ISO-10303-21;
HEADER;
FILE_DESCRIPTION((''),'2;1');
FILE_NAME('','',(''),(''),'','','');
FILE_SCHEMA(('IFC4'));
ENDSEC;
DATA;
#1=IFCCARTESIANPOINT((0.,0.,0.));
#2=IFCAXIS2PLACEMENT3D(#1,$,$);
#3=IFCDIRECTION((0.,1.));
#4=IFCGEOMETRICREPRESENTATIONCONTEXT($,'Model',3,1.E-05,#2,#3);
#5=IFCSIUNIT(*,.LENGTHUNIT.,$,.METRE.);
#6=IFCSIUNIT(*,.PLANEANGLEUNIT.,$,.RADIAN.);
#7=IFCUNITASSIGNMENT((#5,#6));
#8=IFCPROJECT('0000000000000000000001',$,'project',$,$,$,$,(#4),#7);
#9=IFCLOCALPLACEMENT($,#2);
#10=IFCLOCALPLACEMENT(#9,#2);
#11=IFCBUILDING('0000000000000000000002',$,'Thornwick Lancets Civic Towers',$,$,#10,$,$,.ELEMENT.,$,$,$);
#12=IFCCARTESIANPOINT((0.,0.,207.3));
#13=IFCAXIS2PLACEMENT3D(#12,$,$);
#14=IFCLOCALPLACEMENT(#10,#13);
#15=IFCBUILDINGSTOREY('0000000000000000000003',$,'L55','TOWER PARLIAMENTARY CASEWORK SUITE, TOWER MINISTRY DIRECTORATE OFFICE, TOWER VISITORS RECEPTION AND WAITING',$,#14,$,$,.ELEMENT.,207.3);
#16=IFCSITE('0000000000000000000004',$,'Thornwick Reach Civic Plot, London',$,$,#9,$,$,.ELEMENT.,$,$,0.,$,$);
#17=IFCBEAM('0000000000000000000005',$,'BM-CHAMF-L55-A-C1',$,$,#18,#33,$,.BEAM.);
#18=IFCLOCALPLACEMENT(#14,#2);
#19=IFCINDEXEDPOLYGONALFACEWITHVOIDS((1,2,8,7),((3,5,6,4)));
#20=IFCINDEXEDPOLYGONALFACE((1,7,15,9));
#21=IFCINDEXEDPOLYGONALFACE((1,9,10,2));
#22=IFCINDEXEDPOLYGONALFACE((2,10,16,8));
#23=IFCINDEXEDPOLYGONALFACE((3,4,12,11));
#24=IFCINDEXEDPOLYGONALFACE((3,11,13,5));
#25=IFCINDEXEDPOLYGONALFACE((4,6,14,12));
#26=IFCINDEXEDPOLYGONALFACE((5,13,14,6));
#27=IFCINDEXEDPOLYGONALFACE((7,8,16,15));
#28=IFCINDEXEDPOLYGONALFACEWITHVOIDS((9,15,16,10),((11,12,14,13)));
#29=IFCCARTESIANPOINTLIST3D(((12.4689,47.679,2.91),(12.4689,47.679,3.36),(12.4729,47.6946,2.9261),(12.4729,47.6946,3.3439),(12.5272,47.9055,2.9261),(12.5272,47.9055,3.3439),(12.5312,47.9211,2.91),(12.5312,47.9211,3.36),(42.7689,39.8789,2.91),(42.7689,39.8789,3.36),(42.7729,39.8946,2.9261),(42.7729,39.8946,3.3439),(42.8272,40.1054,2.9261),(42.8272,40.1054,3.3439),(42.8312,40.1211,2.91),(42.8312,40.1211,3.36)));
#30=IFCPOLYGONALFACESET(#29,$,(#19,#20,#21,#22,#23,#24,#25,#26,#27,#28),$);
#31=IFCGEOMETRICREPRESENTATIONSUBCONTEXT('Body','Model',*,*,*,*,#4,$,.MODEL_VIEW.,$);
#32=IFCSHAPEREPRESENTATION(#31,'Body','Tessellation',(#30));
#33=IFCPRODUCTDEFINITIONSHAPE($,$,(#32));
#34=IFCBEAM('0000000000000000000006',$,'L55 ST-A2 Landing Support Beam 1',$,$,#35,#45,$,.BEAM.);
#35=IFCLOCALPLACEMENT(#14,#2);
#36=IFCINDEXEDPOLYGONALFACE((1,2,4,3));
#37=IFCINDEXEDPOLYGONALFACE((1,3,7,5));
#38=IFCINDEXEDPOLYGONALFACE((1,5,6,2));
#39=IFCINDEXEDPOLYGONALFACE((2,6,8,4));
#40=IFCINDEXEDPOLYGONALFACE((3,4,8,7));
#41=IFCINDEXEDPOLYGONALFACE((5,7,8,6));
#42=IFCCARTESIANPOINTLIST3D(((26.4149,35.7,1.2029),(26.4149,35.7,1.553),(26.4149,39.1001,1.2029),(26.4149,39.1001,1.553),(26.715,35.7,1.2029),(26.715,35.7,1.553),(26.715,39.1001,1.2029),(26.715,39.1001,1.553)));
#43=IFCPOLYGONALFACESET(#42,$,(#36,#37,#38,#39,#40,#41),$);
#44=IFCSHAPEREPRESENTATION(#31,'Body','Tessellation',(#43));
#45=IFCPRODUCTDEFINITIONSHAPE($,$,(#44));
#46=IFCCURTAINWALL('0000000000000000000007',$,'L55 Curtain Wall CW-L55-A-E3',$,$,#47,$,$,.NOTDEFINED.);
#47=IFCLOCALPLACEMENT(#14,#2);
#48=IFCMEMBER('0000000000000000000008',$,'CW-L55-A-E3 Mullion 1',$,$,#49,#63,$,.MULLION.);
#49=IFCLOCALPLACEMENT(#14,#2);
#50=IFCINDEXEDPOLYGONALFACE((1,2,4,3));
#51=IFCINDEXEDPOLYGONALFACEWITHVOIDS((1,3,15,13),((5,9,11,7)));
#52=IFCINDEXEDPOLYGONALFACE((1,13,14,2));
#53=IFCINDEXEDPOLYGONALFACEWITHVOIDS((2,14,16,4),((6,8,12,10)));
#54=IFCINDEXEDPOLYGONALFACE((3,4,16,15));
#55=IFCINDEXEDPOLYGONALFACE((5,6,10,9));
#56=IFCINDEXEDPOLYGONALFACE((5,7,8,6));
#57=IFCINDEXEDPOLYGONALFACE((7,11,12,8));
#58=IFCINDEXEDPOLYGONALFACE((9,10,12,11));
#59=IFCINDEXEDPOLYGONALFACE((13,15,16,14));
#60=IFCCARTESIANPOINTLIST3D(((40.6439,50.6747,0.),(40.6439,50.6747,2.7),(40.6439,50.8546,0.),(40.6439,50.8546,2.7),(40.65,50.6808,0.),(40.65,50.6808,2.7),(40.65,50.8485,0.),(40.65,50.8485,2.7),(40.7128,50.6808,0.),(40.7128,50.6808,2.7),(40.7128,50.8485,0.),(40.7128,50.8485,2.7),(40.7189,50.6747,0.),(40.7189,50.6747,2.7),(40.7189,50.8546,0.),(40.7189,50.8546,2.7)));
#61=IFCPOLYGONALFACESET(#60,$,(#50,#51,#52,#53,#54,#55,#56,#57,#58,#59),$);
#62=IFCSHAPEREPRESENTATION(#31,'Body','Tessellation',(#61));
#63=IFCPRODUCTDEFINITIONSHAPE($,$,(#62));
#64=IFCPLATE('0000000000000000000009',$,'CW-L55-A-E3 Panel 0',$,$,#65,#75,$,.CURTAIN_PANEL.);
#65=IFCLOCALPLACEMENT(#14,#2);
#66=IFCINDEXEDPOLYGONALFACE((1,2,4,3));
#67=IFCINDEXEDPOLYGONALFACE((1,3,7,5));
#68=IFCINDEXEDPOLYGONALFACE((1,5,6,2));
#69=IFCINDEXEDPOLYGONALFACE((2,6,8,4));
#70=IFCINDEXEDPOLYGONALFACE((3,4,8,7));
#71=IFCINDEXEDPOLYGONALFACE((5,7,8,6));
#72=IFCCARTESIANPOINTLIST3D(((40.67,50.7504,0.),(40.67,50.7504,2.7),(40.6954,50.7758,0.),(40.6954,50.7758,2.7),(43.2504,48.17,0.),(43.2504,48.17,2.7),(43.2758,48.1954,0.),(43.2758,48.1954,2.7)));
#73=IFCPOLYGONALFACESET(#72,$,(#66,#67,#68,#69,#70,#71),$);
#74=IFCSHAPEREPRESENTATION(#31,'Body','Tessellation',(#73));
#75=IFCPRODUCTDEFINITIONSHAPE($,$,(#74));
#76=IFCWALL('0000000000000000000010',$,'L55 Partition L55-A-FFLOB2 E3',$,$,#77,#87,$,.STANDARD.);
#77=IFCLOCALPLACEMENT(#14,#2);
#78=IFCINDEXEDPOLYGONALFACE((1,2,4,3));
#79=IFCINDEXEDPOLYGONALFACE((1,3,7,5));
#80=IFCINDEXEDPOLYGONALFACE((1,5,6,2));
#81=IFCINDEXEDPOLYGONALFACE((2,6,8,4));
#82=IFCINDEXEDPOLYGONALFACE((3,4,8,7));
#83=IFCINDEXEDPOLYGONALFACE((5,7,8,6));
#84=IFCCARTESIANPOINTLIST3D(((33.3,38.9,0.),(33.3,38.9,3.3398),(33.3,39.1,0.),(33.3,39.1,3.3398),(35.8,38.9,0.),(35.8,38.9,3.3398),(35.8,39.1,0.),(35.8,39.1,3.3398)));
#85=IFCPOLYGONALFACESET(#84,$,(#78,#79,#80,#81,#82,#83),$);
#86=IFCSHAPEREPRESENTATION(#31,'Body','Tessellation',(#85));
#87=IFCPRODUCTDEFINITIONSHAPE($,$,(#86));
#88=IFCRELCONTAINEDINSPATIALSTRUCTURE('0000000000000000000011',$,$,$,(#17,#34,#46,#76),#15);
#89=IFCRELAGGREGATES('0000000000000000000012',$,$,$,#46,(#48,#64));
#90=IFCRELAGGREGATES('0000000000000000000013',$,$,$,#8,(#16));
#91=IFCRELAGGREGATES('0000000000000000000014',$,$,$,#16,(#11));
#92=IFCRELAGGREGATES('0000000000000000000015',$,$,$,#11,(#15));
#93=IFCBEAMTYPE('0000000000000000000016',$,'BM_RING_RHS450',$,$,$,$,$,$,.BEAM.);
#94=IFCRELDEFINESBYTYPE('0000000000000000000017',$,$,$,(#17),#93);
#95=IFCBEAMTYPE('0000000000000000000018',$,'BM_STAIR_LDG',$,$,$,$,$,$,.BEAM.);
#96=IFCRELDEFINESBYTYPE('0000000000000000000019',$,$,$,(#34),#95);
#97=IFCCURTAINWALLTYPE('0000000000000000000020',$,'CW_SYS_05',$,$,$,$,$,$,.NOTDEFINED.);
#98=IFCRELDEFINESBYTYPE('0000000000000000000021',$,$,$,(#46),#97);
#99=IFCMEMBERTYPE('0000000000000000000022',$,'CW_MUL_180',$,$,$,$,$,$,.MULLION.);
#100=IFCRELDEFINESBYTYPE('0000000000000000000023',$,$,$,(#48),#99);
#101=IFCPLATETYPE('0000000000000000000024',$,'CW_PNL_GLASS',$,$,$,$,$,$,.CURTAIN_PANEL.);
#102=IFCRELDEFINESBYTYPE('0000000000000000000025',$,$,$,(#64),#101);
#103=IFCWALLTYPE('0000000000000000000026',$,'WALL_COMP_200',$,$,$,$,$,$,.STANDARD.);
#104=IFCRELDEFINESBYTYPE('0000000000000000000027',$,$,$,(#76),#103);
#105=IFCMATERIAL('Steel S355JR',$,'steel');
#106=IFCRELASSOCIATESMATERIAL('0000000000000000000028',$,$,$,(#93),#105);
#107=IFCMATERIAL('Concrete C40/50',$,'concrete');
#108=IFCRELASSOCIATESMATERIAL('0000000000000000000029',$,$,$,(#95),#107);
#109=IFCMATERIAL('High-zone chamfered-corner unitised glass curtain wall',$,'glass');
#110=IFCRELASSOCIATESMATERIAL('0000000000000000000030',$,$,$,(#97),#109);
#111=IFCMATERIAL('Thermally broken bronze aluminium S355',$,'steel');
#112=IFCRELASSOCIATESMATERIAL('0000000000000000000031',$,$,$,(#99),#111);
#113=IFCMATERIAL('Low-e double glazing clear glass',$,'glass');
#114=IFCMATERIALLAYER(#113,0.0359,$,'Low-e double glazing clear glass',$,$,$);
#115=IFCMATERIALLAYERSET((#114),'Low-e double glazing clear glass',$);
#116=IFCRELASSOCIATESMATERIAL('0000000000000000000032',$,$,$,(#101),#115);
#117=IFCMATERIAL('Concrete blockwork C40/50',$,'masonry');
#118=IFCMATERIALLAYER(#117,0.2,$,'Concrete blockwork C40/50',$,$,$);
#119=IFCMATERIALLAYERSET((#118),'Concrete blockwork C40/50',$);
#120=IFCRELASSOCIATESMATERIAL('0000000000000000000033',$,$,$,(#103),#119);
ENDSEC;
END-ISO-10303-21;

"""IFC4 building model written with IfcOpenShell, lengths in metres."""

from ifc_helpers import new_model, si_unit, direction, frame, frame_2d, origin, origin_2d, place, context, subcontext, project, spatial, rectangle, hollow_rectangle, extrude, material, layer, layer_set, material_profile, profile_set, type_object, element, aggregate, save


model = new_model("IFC4")

# Units and contexts
model_context = context("Model", 3, precision=1e-05, world=origin(), true_north=direction((0.0, 1.0)))
body_context = subcontext(model_context, "Body", "Model", "MODEL_VIEW")
ifc_project = project(units=[si_unit("LENGTHUNIT", "METRE"), si_unit("PLANEANGLEUNIT", "RADIAN")], contexts=[model_context])

# Site, building, storey
site_placement = place(None, origin())
site = spatial("IfcSite", under=ifc_project, at=site_placement, Name="Thornwick Reach Civic Plot, London", CompositionType="ELEMENT", RefElevation=0.0)
building_placement = place(site_placement, origin())
building = spatial("IfcBuilding", under=site, at=building_placement, Name="Thornwick Lancets Civic Towers", CompositionType="ELEMENT")
storey_placement = place(building_placement, frame((0.0, 0.0, 207.3)))
storey = spatial("IfcBuildingStorey", under=building, at=storey_placement, Name="L55", Description="TOWER PARLIAMENTARY CASEWORK SUITE, TOWER MINISTRY DIRECTORATE OFFICE, TOWER VISITORS RECEPTION AND WAITING", CompositionType="ELEMENT", Elevation=207.3)

# Shared definitions
ifc_material_1 = material(Name="Steel S355JR", Category="steel")

# Beams
ifc_material_profile_1 = material_profile(ifc_material_1, hollow_rectangle(XDim=0.25, YDim=0.45, WallThickness=0.0161, at=origin_2d()), Name="RHS 450x250x16")
ifc_profile_set_1 = profile_set([ifc_material_profile_1], Name="Steel S355JR")
beam_type_1 = type_object("IfcBeamType", Name="BM_RING_RHS450", PredefinedType="BEAM", material=ifc_profile_set_1)
beam_1_placement = place(storey_placement, frame((42.8, 40.0, 3.135), z_axis=(-0.968427, 0.249299, 0.0), x_axis=(-0.249299, -0.968427, 0.0)))
element("IfcBeam", 1, at=beam_1_placement, inside=storey, type_object=beam_type_1, Name="BM-CHAMF-L55-A-C1", PredefinedType="BEAM", context=body_context, shape_type="SweptSolid", body=[
    extrude(hollow_rectangle(XDim=0.25, YDim=0.45, WallThickness=0.0161, at=origin_2d()), origin(), (0.0, 0.0, 1.0), 31.2878),
])
ifc_material_2 = material(Name="Concrete C40/50", Category="concrete")
ifc_material_profile_2 = material_profile(ifc_material_2, rectangle(XDim=0.3, YDim=0.3501, at=origin_2d()), Name="RC 300x350")
ifc_profile_set_2 = profile_set([ifc_material_profile_2], Name="Concrete C40/50")
beam_type_2 = type_object("IfcBeamType", Name="BM_STAIR_LDG", PredefinedType="BEAM", material=ifc_profile_set_2)
beam_2_placement = place(storey_placement, frame((26.5649, 39.1001, 1.3779), z_axis=(0.0, -1.0, 0.0), x_axis=(1.0, 0.0, 0.0)))
element("IfcBeam", 2, at=beam_2_placement, inside=storey, type_object=beam_type_2, Name="L55 ST-A2 Landing Support Beam 1", PredefinedType="BEAM", context=body_context, shape_type="SweptSolid", body=[
    extrude(rectangle(XDim=0.3, YDim=0.3501, at=origin_2d()), origin(), (0.0, 0.0, 1.0), 3.4001),
])

# Curtain wall, member, plate
ifc_material_3 = material(Name="High-zone chamfered-corner unitised glass curtain wall", Category="glass")
curtain_wall_type = type_object("IfcCurtainWallType", Name="CW_SYS_05", PredefinedType="NOTDEFINED", material=ifc_material_3)
curtain_wall_placement = place(storey_placement, origin())
curtain_wall = element("IfcCurtainWall", 3, at=curtain_wall_placement, inside=storey, type_object=curtain_wall_type, Name="L55 Curtain Wall CW-L55-A-E3", PredefinedType="NOTDEFINED")
ifc_material_4 = material(Name="Thermally broken bronze aluminium S355", Category="steel")
ifc_material_profile_3 = material_profile(ifc_material_4, hollow_rectangle(XDim=0.075, YDim=0.1799, WallThickness=0.0061, at=origin_2d()), Name="RHS 180x75x6")
ifc_profile_set_3 = profile_set([ifc_material_profile_3], Name="Thermally broken bronze aluminium S355")
member_type = type_object("IfcMemberType", Name="CW_MUL_180", PredefinedType="MULLION", material=ifc_profile_set_3)
member_placement = place(storey_placement, frame((40.6814, 50.7646, 0.0), z_axis=(0.0, 0.0, 1.0), x_axis=(1.0, 0.0, 0.0)))
member = element("IfcMember", 4, at=member_placement, type_object=member_type, Name="CW-L55-A-E3 Mullion 1", PredefinedType="MULLION", context=body_context, shape_type="SweptSolid", body=[
    extrude(hollow_rectangle(XDim=0.075, YDim=0.1799, WallThickness=0.0061, at=origin_2d()), origin(), (0.0, 0.0, 1.0), 2.7),
])
ifc_material_5 = material(Name="Low-e double glazing clear glass", Category="glass")
ifc_layer_1 = layer(ifc_material_5, 0.0359, Name="Low-e double glazing clear glass")
ifc_layer_set_1 = layer_set([ifc_layer_1], Name="Low-e double glazing clear glass")
plate_type = type_object("IfcPlateType", Name="CW_PNL_GLASS", PredefinedType="CURTAIN_PANEL", material=ifc_layer_set_1)
plate_placement = place(storey_placement, frame((41.9729, 49.4729, 0.0), z_axis=(0.0, 0.0, 1.0), x_axis=(-0.707107, 0.707107, 0.0)))
plate = element("IfcPlate", 5, at=plate_placement, type_object=plate_type, Name="CW-L55-A-E3 Panel 0", PredefinedType="CURTAIN_PANEL", context=body_context, shape_type="SweptSolid", body=[
    extrude(rectangle(XDim=3.6492, YDim=0.0359, at=origin_2d()), origin(), (0.0, 0.0, 1.0), 2.7),
])
aggregate(curtain_wall, [member, plate])

# Wall
ifc_material_6 = material(Name="Concrete blockwork C40/50", Category="masonry")
ifc_layer_2 = layer(ifc_material_6, 0.2, Name="Concrete blockwork C40/50")
ifc_layer_set_2 = layer_set([ifc_layer_2], Name="Concrete blockwork C40/50")
wall_type_1 = type_object("IfcWallType", Name="WALL_COMP_200", PredefinedType="STANDARD", material=ifc_layer_set_2)
wall_1_placement = place(storey_placement, frame((35.8, 39.0, 0.0), z_axis=(0.0, 0.0, 1.0), x_axis=(-1.0, 0.0, 0.0)))
element("IfcWall", 6, at=wall_1_placement, inside=storey, type_object=wall_type_1, Name="L55 Partition L55-A-FFLOB2 E3", PredefinedType="STANDARD", context=body_context, shape_type="SweptSolid", body=[
    extrude(rectangle(XDim=2.5, YDim=0.2, at=frame_2d((1.25, 0.0))), origin(), (0.0, 0.0, 1.0), 3.3398),
])

save(model, "model.ifc")
